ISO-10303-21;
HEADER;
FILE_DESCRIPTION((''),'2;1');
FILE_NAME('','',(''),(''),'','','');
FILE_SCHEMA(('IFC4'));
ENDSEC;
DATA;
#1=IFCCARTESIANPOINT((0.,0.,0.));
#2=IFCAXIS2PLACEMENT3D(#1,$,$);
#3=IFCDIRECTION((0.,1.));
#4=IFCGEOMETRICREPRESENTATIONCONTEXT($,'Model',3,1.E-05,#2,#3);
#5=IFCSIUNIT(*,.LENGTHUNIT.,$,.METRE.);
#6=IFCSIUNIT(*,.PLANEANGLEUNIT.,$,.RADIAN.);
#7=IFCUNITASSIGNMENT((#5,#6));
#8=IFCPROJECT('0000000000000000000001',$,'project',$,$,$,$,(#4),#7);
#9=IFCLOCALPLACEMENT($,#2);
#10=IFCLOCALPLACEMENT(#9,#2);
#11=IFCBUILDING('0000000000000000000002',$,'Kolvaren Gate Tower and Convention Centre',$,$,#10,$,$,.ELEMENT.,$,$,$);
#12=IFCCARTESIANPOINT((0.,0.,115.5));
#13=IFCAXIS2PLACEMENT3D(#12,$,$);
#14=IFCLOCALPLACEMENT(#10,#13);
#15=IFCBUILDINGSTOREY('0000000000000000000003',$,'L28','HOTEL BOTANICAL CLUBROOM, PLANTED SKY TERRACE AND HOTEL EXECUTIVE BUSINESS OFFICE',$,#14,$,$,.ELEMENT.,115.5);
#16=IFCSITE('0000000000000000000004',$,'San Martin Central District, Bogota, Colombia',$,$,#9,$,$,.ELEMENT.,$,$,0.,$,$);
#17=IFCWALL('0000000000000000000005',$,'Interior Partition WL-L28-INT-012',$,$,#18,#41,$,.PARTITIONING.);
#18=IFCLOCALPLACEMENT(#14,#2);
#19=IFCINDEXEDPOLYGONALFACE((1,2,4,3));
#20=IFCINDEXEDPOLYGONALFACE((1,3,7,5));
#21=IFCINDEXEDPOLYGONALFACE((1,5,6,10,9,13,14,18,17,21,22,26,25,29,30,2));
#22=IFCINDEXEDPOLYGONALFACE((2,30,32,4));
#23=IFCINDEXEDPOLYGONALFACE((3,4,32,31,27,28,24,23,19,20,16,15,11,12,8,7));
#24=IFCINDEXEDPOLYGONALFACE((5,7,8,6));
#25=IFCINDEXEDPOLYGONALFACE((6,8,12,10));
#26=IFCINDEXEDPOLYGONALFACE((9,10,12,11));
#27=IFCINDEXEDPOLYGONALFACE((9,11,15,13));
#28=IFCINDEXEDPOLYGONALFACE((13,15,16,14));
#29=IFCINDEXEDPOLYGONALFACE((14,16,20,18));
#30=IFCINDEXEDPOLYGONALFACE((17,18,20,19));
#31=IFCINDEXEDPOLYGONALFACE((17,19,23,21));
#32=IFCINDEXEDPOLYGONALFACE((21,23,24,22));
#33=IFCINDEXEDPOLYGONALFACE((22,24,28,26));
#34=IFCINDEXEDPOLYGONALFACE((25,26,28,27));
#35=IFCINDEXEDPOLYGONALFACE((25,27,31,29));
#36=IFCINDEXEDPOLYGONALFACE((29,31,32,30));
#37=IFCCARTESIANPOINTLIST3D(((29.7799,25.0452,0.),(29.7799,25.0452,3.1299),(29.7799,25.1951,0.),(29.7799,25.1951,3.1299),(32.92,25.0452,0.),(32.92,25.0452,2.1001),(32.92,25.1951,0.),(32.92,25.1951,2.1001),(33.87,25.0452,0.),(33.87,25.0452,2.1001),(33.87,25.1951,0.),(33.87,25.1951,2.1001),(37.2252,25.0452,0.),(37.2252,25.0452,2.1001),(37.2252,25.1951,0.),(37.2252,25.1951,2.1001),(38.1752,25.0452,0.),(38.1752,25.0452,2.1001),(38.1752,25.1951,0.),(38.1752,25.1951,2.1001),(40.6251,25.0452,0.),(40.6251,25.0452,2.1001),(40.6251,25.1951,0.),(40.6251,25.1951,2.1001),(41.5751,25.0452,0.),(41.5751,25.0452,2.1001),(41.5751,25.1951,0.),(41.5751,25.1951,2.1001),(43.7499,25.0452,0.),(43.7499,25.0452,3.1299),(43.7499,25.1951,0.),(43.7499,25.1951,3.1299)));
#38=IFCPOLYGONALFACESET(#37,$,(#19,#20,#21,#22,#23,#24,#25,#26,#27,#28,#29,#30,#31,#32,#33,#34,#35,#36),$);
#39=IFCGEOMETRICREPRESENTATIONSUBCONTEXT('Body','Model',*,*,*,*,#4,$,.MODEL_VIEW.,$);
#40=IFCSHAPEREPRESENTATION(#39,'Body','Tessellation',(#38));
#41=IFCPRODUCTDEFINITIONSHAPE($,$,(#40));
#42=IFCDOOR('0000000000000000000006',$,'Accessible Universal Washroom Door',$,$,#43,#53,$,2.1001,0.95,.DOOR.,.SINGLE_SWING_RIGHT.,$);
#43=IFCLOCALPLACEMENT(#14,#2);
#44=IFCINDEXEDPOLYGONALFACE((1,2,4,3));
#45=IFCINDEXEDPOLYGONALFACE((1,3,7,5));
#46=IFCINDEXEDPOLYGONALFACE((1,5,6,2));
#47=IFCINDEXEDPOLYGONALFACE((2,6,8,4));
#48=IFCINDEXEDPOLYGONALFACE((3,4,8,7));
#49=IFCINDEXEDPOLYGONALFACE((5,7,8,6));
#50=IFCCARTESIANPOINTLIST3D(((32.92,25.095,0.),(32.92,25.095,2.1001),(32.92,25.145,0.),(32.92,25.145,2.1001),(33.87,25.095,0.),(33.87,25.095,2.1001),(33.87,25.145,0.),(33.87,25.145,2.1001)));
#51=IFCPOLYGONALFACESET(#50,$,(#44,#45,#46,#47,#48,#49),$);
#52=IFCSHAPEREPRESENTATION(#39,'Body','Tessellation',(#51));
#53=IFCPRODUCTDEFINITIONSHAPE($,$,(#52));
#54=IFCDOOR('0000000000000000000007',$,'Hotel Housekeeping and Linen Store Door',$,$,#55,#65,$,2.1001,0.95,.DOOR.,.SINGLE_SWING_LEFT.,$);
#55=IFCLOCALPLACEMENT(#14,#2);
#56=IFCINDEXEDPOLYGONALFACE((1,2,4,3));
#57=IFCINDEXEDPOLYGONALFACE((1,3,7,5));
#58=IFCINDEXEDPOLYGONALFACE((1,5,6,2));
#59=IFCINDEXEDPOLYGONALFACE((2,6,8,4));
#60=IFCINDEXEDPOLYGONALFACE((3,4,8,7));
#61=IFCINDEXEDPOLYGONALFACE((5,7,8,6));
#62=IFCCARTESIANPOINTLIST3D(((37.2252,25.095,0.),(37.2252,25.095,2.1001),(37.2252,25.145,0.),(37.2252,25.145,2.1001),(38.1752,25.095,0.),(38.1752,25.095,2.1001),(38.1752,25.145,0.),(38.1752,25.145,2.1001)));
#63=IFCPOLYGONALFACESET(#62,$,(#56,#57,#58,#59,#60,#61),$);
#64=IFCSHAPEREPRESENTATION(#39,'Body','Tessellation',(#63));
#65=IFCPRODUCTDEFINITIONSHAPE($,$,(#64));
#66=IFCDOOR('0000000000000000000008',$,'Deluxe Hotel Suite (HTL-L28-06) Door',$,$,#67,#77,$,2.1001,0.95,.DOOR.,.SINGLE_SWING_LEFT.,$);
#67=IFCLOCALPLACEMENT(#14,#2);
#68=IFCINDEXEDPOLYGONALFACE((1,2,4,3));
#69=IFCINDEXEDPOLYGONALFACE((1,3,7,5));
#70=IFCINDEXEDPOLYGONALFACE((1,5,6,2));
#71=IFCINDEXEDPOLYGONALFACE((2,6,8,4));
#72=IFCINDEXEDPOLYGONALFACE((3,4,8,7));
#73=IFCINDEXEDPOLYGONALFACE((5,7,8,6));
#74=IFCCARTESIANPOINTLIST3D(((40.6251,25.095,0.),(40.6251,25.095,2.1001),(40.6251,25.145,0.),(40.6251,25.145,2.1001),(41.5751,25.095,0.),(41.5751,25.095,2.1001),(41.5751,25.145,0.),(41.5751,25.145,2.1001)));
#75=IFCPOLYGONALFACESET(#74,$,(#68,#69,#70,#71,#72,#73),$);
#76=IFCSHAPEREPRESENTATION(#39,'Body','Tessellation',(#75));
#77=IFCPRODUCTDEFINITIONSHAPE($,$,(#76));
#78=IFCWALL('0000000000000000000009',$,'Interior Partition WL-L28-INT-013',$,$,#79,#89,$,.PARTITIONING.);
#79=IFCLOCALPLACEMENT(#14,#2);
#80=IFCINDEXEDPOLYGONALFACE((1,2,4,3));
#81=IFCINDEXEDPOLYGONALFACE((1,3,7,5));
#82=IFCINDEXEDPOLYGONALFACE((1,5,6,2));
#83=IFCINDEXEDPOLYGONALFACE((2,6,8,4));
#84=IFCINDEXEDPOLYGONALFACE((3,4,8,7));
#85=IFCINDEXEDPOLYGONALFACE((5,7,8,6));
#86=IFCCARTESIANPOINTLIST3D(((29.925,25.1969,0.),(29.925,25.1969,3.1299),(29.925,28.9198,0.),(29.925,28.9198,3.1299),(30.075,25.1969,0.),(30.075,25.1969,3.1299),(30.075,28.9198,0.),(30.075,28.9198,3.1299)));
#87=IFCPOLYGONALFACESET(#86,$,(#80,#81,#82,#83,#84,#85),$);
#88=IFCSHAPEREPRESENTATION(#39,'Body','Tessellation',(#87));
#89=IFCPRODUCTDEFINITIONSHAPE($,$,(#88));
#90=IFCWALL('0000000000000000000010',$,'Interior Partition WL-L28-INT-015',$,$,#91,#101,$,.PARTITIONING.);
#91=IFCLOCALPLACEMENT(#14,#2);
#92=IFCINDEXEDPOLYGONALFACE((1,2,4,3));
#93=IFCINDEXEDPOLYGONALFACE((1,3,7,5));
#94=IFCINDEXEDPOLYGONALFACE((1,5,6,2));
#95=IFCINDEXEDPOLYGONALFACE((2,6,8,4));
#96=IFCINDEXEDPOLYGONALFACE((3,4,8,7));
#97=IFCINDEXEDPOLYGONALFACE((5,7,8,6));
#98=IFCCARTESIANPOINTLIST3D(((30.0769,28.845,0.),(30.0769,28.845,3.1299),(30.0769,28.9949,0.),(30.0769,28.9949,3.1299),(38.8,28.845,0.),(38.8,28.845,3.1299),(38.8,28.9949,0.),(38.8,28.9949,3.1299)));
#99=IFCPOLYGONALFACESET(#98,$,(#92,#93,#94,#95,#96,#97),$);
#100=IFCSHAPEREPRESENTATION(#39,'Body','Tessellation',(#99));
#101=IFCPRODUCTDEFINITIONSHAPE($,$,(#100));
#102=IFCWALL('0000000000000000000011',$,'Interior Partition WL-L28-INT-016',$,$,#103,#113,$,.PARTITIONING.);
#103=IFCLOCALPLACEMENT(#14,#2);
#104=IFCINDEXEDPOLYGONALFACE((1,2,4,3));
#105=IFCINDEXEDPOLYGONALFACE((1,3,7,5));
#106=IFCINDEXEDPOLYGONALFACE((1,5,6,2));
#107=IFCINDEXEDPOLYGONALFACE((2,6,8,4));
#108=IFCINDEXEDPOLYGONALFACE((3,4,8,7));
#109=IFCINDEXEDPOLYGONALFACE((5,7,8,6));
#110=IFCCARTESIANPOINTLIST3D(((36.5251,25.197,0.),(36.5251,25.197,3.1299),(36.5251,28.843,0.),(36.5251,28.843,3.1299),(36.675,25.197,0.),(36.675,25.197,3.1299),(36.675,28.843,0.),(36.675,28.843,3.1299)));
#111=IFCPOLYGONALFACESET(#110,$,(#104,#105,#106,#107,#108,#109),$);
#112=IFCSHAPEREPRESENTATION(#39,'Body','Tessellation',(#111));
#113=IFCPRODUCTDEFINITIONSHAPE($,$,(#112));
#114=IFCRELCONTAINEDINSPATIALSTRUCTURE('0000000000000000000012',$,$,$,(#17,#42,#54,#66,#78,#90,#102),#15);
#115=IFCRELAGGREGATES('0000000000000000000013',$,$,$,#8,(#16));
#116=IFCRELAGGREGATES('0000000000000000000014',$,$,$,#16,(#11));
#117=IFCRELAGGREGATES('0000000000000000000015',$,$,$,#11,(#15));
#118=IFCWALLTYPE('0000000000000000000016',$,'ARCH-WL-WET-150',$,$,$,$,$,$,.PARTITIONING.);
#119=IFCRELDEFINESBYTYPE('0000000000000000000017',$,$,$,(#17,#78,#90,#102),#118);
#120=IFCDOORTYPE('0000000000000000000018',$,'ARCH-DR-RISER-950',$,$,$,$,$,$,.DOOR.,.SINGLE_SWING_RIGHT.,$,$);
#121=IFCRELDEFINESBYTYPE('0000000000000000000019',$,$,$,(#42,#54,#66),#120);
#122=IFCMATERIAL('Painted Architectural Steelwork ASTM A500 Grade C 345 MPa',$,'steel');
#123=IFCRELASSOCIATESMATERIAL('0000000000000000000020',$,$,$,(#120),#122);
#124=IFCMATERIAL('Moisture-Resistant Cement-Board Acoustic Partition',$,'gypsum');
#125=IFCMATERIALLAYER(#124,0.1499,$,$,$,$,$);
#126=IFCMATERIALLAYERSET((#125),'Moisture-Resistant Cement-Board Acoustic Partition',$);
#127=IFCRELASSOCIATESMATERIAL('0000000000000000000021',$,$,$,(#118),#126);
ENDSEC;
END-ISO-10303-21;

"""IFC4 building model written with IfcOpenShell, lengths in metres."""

from ifc_helpers import new_model, si_unit, direction, frame, frame_2d, origin, place, context, subcontext, project, spatial, rectangle, extrude, material, layer, layer_set, type_object, element, fill, save


model = new_model("IFC4")

# Units and contexts
model_context = context("Model", 3, precision=1e-05, world=origin(), true_north=direction((0.0, 1.0)))
body_context = subcontext(model_context, "Body", "Model", "MODEL_VIEW")
ifc_project = project(units=[si_unit("LENGTHUNIT", "METRE"), si_unit("PLANEANGLEUNIT", "RADIAN")], contexts=[model_context])

# Site, building, storey
site_placement = place(None, origin())
site = spatial("IfcSite", under=ifc_project, at=site_placement, Name="San Martin Central District, Bogota, Colombia", CompositionType="ELEMENT", RefElevation=0.0)
building_placement = place(site_placement, origin())
building = spatial("IfcBuilding", under=site, at=building_placement, Name="Kolvaren Gate Tower and Convention Centre", CompositionType="ELEMENT")
storey_placement = place(building_placement, frame((0.0, 0.0, 115.5)))
storey = spatial("IfcBuildingStorey", under=building, at=storey_placement, Name="L28", Description="HOTEL BOTANICAL CLUBROOM, PLANTED SKY TERRACE AND HOTEL EXECUTIVE BUSINESS OFFICE", CompositionType="ELEMENT", Elevation=115.5)

# Shared definitions
ifc_material_1 = material(Name="Painted Architectural Steelwork ASTM A500 Grade C 345 MPa", Category="steel")
door_type_1 = type_object("IfcDoorType", Name="ARCH-DR-RISER-950", OperationType="SINGLE_SWING_RIGHT", PredefinedType="DOOR", material=ifc_material_1)

# Wall, openings, doors
ifc_material_2 = material(Name="Moisture-Resistant Cement-Board Acoustic Partition", Category="gypsum")
ifc_layer_1 = layer(ifc_material_2, 0.1499)
ifc_layer_set_1 = layer_set([ifc_layer_1], Name="Moisture-Resistant Cement-Board Acoustic Partition")
wall_type_1 = type_object("IfcWallType", Name="ARCH-WL-WET-150", PredefinedType="PARTITIONING", material=ifc_layer_set_1)
wall_1_placement = place(storey_placement, frame((29.78, 25.1201, 0.0), z_axis=(0.0, 0.0, 1.0), x_axis=(1.0, 0.0, 0.0)))
wall_1 = element("IfcWall", 1, at=wall_1_placement, inside=storey, type_object=wall_type_1, Name="Interior Partition WL-L28-INT-012", PredefinedType="PARTITIONING", context=body_context, shape_type="SweptSolid", body=[
    extrude(rectangle(XDim=13.97, YDim=0.1499, at=frame_2d((6.9849, 0.0))), origin(), (0.0, 0.0, 1.0), 3.1299),
])
opening_1_placement = place(wall_1_placement, frame((3.1399, 0.0, 0.0)))
opening_1 = element("IfcOpeningElement", 2, at=opening_1_placement, cuts=wall_1, PredefinedType="OPENING", context=body_context, shape_type="SweptSolid", body=[
    extrude(rectangle(XDim=0.95, YDim=2.1001, at=frame_2d((0.4751, 1.05))), frame((0.0, 0.085, 0.0), z_axis=(0.0, -1.0, 0.0), x_axis=(1.0, 0.0, 0.0)), (0.0, 0.0, 1.0), 0.1699),
])
opening_2_placement = place(wall_1_placement, frame((7.4451, 0.0, 0.0)))
opening_2 = element("IfcOpeningElement", 3, at=opening_2_placement, cuts=wall_1, PredefinedType="OPENING", context=body_context, shape_type="SweptSolid", body=[
    extrude(rectangle(XDim=0.95, YDim=2.1001, at=frame_2d((0.4751, 1.05))), frame((0.0, 0.085, 0.0), z_axis=(0.0, -1.0, 0.0), x_axis=(1.0, 0.0, 0.0)), (0.0, 0.0, 1.0), 0.1699),
])
opening_3_placement = place(wall_1_placement, frame((10.845, 0.0, 0.0)))
opening_3 = element("IfcOpeningElement", 4, at=opening_3_placement, cuts=wall_1, PredefinedType="OPENING", context=body_context, shape_type="SweptSolid", body=[
    extrude(rectangle(XDim=0.95, YDim=2.1001, at=frame_2d((0.4751, 1.05))), frame((0.0, 0.085, 0.0), z_axis=(0.0, -1.0, 0.0), x_axis=(1.0, 0.0, 0.0)), (0.0, 0.0, 1.0), 0.1699),
])
door_1_placement = place(opening_1_placement, origin())
door_1 = element("IfcDoor", 5, at=door_1_placement, inside=storey, type_object=door_type_1, Name="Accessible Universal Washroom Door", OperationType="SINGLE_SWING_RIGHT", OverallHeight=2.1001, OverallWidth=0.95, PredefinedType="DOOR", context=body_context, shape_type="SweptSolid", body=[
    extrude(rectangle(XDim=0.95, YDim=2.1001, at=frame_2d((0.4751, 1.05))), frame((0.0, 0.0249, 0.0), z_axis=(0.0, -1.0, 0.0), x_axis=(1.0, 0.0, 0.0)), (0.0, 0.0, 1.0), 0.05),
])
fill(opening_1, door_1)
door_2_placement = place(opening_2_placement, origin())
door_2 = element("IfcDoor", 6, at=door_2_placement, inside=storey, type_object=door_type_1, Name="Hotel Housekeeping and Linen Store Door", OperationType="SINGLE_SWING_LEFT", OverallHeight=2.1001, OverallWidth=0.95, PredefinedType="DOOR", context=body_context, shape_type="SweptSolid", body=[
    extrude(rectangle(XDim=0.95, YDim=2.1001, at=frame_2d((0.4751, 1.05))), frame((0.0, 0.0249, 0.0), z_axis=(0.0, -1.0, 0.0), x_axis=(1.0, 0.0, 0.0)), (0.0, 0.0, 1.0), 0.05),
])
fill(opening_2, door_2)
door_3_placement = place(opening_3_placement, origin())
door_3 = element("IfcDoor", 7, at=door_3_placement, inside=storey, type_object=door_type_1, Name="Deluxe Hotel Suite (HTL-L28-06) Door", OperationType="SINGLE_SWING_LEFT", OverallHeight=2.1001, OverallWidth=0.95, PredefinedType="DOOR", context=body_context, shape_type="SweptSolid", body=[
    extrude(rectangle(XDim=0.95, YDim=2.1001, at=frame_2d((0.4751, 1.05))), frame((0.0, 0.0249, 0.0), z_axis=(0.0, -1.0, 0.0), x_axis=(1.0, 0.0, 0.0)), (0.0, 0.0, 1.0), 0.05),
])
fill(opening_3, door_3)

# Walls
wall_2_placement = place(storey_placement, frame((30.0, 25.197, 0.0), z_axis=(0.0, 0.0, 1.0), x_axis=(0.0, 1.0, 0.0)))
element("IfcWall", 8, at=wall_2_placement, inside=storey, type_object=wall_type_1, Name="Interior Partition WL-L28-INT-013", PredefinedType="PARTITIONING", context=body_context, shape_type="SweptSolid", body=[
    extrude(rectangle(XDim=3.7229, YDim=0.1499, at=frame_2d((1.8613, 0.0))), origin(), (0.0, 0.0, 1.0), 3.1299),
])
wall_3_placement = place(storey_placement, frame((30.0769, 28.9199, 0.0), z_axis=(0.0, 0.0, 1.0), x_axis=(1.0, 0.0, 0.0)))
element("IfcWall", 9, at=wall_3_placement, inside=storey, type_object=wall_type_1, Name="Interior Partition WL-L28-INT-015", PredefinedType="PARTITIONING", context=body_context, shape_type="SweptSolid", body=[
    extrude(rectangle(XDim=8.7231, YDim=0.1499, at=frame_2d((4.3616, 0.0))), origin(), (0.0, 0.0, 1.0), 3.1299),
])
wall_4_placement = place(storey_placement, frame((36.6001, 25.197, 0.0), z_axis=(0.0, 0.0, 1.0), x_axis=(0.0, 1.0, 0.0)))
element("IfcWall", 10, at=wall_4_placement, inside=storey, type_object=wall_type_1, Name="Interior Partition WL-L28-INT-016", PredefinedType="PARTITIONING", context=body_context, shape_type="SweptSolid", body=[
    extrude(rectangle(XDim=3.646, YDim=0.1499, at=frame_2d((1.823, 0.0))), origin(), (0.0, 0.0, 1.0), 3.1299),
])

save(model, "model.ifc")
